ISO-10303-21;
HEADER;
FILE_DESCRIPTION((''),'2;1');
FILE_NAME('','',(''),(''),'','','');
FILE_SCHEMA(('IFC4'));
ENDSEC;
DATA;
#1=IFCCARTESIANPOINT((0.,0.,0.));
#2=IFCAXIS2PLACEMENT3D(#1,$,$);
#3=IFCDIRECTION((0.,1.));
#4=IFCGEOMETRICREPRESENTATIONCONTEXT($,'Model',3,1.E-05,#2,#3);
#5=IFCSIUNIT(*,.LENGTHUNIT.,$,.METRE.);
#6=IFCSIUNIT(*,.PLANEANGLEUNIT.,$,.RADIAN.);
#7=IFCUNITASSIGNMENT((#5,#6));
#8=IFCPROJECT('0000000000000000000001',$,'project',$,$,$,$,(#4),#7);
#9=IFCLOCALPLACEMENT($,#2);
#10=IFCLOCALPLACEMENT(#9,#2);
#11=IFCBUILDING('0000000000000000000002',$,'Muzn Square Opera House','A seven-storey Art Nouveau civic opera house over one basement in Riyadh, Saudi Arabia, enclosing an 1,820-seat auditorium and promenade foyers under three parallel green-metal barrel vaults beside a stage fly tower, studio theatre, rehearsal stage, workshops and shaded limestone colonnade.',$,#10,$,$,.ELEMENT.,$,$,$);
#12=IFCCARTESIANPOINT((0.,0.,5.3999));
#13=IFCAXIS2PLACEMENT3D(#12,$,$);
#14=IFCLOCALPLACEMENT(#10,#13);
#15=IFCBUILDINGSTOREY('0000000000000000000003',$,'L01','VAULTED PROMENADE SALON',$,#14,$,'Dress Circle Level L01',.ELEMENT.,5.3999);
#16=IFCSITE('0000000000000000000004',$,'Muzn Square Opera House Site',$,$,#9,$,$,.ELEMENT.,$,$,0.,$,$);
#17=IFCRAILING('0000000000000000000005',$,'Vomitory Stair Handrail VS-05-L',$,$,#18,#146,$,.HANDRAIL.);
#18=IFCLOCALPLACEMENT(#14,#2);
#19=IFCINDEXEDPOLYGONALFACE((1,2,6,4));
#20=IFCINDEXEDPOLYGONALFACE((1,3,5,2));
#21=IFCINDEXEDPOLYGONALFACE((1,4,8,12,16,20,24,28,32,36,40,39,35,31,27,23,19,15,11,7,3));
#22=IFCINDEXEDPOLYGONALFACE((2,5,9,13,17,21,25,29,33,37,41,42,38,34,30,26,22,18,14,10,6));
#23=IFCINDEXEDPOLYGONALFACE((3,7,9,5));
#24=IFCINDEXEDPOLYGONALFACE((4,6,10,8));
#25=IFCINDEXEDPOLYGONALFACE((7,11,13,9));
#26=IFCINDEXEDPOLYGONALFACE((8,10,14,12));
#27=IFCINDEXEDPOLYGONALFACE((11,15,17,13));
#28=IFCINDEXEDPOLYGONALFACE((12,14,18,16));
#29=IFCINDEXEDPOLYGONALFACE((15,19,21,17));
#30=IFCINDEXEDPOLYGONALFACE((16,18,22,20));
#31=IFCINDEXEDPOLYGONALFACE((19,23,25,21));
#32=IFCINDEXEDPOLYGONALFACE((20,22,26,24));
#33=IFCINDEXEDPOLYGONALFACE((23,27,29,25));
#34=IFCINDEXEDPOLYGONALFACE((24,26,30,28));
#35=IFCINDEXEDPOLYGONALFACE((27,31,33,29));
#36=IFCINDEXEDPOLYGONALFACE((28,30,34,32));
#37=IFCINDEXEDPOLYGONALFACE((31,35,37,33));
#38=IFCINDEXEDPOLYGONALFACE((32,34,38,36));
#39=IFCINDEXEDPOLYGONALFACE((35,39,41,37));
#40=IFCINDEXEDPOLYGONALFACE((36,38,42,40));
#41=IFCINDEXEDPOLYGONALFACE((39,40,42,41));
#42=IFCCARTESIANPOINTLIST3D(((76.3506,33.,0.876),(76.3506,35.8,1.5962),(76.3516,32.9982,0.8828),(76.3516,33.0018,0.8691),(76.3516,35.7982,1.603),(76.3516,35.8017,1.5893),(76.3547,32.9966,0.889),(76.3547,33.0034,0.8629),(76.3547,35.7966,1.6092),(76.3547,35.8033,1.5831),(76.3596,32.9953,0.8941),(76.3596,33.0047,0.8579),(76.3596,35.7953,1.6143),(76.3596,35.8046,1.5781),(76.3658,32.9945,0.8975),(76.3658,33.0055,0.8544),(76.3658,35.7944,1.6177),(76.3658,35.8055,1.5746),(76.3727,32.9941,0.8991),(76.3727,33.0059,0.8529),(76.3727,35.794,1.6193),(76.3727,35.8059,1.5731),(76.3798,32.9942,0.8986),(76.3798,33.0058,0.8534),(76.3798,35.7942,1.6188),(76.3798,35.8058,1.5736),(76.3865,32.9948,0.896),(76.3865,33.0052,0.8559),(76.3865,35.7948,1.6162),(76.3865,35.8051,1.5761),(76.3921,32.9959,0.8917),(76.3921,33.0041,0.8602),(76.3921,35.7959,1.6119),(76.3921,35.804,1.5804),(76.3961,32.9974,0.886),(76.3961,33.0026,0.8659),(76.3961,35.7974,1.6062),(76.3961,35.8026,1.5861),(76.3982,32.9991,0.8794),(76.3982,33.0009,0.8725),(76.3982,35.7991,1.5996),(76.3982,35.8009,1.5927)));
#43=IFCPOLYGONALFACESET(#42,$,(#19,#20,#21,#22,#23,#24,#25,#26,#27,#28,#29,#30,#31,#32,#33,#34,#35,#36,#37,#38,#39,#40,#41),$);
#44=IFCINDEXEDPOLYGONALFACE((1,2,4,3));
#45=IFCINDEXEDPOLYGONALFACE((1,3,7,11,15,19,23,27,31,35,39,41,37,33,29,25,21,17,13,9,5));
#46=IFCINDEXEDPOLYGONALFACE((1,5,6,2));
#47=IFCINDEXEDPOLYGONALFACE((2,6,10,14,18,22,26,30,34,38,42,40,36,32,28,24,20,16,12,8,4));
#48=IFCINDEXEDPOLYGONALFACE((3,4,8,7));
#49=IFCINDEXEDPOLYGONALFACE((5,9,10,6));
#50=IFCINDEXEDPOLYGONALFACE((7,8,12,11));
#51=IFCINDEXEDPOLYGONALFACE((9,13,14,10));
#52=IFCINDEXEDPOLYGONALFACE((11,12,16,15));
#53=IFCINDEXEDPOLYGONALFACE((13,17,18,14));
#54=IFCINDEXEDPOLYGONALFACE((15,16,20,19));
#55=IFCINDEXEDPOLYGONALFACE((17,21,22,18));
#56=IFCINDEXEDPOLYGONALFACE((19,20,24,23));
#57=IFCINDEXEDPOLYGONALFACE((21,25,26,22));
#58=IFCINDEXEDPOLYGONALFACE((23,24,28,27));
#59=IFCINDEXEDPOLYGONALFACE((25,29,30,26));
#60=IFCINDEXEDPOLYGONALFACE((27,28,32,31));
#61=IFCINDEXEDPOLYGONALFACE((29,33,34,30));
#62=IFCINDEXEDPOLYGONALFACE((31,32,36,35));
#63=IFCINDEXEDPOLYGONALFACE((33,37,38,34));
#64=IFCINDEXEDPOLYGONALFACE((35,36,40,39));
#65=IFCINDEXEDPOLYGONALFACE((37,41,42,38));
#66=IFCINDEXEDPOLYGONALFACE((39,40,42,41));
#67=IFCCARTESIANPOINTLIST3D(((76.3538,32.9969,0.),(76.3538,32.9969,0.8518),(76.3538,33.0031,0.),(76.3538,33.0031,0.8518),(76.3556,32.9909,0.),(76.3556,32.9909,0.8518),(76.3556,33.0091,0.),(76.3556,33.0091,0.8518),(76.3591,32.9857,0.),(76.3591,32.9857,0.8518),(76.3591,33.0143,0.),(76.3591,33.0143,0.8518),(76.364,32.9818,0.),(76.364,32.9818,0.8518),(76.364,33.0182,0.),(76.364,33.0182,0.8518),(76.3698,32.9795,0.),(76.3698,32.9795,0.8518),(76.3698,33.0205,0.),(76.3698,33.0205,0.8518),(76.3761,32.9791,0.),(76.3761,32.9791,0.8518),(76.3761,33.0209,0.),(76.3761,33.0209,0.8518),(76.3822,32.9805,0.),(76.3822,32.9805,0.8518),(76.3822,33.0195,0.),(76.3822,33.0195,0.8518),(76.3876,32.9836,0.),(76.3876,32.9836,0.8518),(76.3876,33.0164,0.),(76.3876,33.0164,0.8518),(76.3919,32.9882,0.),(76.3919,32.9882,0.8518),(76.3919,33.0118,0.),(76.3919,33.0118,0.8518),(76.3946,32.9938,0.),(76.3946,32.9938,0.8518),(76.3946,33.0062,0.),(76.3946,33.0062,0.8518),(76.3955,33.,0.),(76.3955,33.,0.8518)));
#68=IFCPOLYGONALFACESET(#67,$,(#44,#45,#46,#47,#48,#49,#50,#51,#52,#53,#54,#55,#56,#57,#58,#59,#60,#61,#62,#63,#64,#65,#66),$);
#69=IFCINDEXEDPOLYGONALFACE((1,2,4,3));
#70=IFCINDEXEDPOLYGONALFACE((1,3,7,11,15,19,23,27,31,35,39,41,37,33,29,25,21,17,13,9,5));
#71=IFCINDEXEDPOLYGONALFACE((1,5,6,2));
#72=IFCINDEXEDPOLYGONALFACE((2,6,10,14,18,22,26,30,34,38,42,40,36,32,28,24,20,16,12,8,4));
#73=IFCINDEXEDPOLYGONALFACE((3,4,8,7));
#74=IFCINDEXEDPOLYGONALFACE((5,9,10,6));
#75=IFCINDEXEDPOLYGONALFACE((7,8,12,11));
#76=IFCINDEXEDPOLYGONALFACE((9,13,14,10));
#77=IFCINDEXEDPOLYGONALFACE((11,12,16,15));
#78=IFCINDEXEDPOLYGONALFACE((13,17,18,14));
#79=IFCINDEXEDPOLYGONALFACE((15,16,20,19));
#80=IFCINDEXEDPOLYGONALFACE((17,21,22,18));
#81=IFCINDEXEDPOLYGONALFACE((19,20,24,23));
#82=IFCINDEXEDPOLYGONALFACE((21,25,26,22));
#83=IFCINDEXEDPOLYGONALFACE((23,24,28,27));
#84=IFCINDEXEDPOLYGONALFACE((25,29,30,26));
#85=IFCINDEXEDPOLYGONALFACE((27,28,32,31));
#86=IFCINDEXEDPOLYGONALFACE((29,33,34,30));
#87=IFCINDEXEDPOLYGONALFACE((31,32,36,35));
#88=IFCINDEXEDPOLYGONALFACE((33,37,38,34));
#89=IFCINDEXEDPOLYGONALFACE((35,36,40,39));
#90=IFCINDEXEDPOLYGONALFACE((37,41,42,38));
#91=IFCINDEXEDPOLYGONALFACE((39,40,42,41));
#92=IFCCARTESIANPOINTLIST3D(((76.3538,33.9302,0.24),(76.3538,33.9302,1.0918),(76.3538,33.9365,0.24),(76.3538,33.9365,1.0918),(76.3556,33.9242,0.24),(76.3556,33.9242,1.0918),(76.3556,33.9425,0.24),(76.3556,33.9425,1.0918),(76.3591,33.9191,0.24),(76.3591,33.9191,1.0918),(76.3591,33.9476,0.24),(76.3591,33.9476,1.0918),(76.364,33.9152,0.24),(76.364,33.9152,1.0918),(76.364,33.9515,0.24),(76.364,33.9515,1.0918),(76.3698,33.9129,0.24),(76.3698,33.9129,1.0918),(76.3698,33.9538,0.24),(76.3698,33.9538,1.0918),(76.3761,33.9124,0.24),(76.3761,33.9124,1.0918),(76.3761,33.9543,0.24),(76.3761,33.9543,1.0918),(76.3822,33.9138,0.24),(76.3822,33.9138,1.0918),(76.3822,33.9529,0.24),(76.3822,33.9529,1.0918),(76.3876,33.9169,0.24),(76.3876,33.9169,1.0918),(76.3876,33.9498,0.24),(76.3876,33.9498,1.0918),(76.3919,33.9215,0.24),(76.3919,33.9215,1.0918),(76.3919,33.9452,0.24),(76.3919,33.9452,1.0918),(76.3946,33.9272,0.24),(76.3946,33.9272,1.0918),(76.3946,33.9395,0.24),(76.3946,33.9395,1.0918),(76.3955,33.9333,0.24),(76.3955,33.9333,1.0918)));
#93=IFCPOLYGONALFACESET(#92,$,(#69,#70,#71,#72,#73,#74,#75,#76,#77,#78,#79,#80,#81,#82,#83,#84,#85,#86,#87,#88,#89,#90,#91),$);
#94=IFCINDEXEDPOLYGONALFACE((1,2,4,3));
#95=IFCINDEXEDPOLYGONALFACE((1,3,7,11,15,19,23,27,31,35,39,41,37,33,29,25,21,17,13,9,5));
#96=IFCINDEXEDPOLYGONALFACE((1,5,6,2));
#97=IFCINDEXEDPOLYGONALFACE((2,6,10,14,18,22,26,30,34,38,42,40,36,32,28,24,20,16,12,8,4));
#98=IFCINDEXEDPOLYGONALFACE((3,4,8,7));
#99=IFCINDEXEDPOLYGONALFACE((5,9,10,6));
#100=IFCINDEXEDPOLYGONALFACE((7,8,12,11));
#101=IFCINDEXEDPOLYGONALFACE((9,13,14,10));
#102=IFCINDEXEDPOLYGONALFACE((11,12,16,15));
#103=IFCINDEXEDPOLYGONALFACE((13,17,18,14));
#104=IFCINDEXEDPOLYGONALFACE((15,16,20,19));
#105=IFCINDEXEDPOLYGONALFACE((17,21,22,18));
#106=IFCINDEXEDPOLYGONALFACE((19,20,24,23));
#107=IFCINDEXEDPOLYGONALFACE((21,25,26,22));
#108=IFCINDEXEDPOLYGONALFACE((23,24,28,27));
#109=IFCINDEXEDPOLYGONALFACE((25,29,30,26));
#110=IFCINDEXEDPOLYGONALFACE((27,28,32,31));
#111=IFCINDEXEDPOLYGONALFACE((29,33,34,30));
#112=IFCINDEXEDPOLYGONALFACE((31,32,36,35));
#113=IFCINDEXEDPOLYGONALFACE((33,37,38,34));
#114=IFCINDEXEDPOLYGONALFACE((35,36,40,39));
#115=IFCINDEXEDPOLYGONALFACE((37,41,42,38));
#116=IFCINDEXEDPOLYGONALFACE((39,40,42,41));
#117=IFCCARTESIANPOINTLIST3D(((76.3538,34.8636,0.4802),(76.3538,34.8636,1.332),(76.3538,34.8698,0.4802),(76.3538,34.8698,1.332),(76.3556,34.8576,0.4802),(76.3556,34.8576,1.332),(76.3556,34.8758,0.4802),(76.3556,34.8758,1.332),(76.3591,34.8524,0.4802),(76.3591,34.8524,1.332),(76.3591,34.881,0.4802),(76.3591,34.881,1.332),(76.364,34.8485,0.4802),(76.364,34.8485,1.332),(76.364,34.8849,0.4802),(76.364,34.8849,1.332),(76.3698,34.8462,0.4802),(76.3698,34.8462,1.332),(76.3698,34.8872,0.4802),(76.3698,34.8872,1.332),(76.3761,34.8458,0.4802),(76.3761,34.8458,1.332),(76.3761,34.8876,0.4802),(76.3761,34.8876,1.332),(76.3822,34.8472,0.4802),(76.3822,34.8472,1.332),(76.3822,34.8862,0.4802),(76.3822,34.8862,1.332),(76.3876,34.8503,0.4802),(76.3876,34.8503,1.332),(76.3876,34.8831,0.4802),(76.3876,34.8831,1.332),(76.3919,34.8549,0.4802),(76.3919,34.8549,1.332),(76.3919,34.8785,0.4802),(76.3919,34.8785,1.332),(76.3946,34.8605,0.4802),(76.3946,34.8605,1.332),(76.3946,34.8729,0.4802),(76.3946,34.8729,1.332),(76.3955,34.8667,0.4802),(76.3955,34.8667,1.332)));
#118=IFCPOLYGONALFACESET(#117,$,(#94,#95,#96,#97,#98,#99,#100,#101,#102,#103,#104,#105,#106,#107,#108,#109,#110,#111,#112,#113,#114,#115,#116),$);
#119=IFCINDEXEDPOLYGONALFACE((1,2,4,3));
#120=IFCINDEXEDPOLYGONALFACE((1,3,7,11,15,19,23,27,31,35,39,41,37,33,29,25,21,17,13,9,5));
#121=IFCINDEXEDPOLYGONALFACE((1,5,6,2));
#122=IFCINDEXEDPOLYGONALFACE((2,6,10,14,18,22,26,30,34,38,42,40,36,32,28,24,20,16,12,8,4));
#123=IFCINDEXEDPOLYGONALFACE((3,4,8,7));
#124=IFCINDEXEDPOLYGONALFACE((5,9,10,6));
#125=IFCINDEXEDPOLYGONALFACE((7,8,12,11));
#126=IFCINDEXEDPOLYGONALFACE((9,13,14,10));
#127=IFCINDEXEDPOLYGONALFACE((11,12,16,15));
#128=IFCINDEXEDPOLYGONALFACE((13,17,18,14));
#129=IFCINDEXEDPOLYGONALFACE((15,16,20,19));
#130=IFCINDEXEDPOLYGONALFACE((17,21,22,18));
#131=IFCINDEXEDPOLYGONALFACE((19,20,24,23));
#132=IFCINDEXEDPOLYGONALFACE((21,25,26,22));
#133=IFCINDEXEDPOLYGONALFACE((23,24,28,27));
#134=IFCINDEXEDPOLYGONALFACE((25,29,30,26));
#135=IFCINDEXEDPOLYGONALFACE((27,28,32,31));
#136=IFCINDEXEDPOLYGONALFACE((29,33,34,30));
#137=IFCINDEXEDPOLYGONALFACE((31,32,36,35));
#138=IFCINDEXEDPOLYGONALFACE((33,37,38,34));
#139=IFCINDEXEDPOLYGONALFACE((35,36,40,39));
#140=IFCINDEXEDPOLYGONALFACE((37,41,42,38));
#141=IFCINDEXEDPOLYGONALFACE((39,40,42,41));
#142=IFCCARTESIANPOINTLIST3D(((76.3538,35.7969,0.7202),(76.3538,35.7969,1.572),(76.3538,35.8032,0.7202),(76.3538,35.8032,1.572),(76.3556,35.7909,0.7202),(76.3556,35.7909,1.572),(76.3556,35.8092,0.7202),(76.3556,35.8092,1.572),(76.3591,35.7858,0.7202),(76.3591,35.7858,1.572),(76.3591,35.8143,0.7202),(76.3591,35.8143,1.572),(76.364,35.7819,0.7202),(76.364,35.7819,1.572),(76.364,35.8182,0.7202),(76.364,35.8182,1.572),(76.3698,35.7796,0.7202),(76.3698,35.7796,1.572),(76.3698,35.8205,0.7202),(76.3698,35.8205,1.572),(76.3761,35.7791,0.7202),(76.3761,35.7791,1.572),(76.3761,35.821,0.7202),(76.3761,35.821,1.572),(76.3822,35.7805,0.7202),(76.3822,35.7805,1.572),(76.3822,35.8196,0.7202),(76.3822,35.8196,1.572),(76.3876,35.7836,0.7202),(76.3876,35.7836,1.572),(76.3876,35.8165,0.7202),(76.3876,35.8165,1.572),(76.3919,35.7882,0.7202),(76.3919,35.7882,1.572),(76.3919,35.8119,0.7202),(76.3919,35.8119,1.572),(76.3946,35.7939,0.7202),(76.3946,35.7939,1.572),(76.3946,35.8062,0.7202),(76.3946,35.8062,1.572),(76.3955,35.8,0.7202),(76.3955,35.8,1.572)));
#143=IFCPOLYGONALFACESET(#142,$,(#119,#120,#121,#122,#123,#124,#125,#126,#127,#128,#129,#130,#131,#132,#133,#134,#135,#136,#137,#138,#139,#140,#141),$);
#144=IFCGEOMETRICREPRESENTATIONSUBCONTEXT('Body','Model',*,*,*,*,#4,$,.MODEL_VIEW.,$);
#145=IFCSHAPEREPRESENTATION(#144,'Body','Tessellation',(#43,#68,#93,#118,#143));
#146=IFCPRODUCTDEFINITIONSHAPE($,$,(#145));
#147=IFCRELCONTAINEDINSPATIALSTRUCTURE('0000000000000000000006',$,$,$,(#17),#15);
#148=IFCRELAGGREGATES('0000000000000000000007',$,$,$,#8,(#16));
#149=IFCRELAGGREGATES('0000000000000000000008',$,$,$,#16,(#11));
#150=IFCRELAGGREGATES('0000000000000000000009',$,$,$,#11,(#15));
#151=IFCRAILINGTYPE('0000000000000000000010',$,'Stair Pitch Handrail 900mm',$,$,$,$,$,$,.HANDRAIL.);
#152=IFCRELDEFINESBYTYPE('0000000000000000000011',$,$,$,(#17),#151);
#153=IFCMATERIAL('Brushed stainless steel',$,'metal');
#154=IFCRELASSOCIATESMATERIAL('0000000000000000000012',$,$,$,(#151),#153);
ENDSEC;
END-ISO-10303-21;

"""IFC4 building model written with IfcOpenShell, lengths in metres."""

from ifc_helpers import new_model, si_unit, direction, frame, origin, origin_2d, place, context, subcontext, project, spatial, circle, extrude, material, type_object, element, save


model = new_model("IFC4")

# Units and contexts
model_context = context("Model", 3, precision=1e-05, world=origin(), true_north=direction((0.0, 1.0)))
body_context = subcontext(model_context, "Body", "Model", "MODEL_VIEW")
ifc_project = project(units=[si_unit("LENGTHUNIT", "METRE"), si_unit("PLANEANGLEUNIT", "RADIAN")], contexts=[model_context])

# Site, building, storey
site_placement = place(None, origin())
site = spatial("IfcSite", under=ifc_project, at=site_placement, Name="Muzn Square Opera House Site", CompositionType="ELEMENT", RefElevation=0.0)
building_placement = place(site_placement, origin())
building = spatial("IfcBuilding", under=site, at=building_placement, Name="Muzn Square Opera House", Description="A seven-storey Art Nouveau civic opera house over one basement in Riyadh, Saudi Arabia, enclosing an 1,820-seat auditorium and promenade foyers under three parallel green-metal barrel vaults beside a stage fly tower, studio theatre, rehearsal stage, workshops and shaded limestone colonnade.", CompositionType="ELEMENT")
storey_placement = place(building_placement, frame((0.0, 0.0, 5.3999)))
storey = spatial("IfcBuildingStorey", under=building, at=storey_placement, Name="L01", Description="VAULTED PROMENADE SALON", LongName="Dress Circle Level L01", CompositionType="ELEMENT", Elevation=5.3999)

# Railing
ifc_material_1 = material(Name="Brushed stainless steel", Category="metal")
railing_type_1 = type_object("IfcRailingType", Name="Stair Pitch Handrail 900mm", PredefinedType="HANDRAIL", material=ifc_material_1)
for number, where, name in (
    (1, (76.3745, 33.0, 0.0), "Vomitory Stair Handrail VS-05-L"),
):
    element("IfcRailing", number, at=place(storey_placement, frame(where)), inside=storey, type_object=railing_type_1, Name=name, PredefinedType="HANDRAIL", context=body_context, shape_type="SweptSolid", body=[
        extrude(circle(Radius=0.0239, at=origin_2d()), frame((0.0, 0.0, 0.876), z_axis=(0.0, 0.968476, 0.249107), x_axis=(-1.0, 0.0, 0.0)), (0.0, 0.0, 1.0), 2.8911),
        extrude(circle(Radius=0.021, at=origin_2d()), origin(), (0.0, 0.0, 1.0), 0.8518),
        extrude(circle(Radius=0.021, at=origin_2d()), frame((0.0, 0.9333, 0.24)), (0.0, 0.0, 1.0), 0.8518),
        extrude(circle(Radius=0.021, at=origin_2d()), frame((0.0, 1.8667, 0.4802)), (0.0, 0.0, 1.0), 0.8518),
        extrude(circle(Radius=0.021, at=origin_2d()), frame((0.0, 2.8, 0.7202)), (0.0, 0.0, 1.0), 0.8518),
    ])

save(model, "model.ifc")
